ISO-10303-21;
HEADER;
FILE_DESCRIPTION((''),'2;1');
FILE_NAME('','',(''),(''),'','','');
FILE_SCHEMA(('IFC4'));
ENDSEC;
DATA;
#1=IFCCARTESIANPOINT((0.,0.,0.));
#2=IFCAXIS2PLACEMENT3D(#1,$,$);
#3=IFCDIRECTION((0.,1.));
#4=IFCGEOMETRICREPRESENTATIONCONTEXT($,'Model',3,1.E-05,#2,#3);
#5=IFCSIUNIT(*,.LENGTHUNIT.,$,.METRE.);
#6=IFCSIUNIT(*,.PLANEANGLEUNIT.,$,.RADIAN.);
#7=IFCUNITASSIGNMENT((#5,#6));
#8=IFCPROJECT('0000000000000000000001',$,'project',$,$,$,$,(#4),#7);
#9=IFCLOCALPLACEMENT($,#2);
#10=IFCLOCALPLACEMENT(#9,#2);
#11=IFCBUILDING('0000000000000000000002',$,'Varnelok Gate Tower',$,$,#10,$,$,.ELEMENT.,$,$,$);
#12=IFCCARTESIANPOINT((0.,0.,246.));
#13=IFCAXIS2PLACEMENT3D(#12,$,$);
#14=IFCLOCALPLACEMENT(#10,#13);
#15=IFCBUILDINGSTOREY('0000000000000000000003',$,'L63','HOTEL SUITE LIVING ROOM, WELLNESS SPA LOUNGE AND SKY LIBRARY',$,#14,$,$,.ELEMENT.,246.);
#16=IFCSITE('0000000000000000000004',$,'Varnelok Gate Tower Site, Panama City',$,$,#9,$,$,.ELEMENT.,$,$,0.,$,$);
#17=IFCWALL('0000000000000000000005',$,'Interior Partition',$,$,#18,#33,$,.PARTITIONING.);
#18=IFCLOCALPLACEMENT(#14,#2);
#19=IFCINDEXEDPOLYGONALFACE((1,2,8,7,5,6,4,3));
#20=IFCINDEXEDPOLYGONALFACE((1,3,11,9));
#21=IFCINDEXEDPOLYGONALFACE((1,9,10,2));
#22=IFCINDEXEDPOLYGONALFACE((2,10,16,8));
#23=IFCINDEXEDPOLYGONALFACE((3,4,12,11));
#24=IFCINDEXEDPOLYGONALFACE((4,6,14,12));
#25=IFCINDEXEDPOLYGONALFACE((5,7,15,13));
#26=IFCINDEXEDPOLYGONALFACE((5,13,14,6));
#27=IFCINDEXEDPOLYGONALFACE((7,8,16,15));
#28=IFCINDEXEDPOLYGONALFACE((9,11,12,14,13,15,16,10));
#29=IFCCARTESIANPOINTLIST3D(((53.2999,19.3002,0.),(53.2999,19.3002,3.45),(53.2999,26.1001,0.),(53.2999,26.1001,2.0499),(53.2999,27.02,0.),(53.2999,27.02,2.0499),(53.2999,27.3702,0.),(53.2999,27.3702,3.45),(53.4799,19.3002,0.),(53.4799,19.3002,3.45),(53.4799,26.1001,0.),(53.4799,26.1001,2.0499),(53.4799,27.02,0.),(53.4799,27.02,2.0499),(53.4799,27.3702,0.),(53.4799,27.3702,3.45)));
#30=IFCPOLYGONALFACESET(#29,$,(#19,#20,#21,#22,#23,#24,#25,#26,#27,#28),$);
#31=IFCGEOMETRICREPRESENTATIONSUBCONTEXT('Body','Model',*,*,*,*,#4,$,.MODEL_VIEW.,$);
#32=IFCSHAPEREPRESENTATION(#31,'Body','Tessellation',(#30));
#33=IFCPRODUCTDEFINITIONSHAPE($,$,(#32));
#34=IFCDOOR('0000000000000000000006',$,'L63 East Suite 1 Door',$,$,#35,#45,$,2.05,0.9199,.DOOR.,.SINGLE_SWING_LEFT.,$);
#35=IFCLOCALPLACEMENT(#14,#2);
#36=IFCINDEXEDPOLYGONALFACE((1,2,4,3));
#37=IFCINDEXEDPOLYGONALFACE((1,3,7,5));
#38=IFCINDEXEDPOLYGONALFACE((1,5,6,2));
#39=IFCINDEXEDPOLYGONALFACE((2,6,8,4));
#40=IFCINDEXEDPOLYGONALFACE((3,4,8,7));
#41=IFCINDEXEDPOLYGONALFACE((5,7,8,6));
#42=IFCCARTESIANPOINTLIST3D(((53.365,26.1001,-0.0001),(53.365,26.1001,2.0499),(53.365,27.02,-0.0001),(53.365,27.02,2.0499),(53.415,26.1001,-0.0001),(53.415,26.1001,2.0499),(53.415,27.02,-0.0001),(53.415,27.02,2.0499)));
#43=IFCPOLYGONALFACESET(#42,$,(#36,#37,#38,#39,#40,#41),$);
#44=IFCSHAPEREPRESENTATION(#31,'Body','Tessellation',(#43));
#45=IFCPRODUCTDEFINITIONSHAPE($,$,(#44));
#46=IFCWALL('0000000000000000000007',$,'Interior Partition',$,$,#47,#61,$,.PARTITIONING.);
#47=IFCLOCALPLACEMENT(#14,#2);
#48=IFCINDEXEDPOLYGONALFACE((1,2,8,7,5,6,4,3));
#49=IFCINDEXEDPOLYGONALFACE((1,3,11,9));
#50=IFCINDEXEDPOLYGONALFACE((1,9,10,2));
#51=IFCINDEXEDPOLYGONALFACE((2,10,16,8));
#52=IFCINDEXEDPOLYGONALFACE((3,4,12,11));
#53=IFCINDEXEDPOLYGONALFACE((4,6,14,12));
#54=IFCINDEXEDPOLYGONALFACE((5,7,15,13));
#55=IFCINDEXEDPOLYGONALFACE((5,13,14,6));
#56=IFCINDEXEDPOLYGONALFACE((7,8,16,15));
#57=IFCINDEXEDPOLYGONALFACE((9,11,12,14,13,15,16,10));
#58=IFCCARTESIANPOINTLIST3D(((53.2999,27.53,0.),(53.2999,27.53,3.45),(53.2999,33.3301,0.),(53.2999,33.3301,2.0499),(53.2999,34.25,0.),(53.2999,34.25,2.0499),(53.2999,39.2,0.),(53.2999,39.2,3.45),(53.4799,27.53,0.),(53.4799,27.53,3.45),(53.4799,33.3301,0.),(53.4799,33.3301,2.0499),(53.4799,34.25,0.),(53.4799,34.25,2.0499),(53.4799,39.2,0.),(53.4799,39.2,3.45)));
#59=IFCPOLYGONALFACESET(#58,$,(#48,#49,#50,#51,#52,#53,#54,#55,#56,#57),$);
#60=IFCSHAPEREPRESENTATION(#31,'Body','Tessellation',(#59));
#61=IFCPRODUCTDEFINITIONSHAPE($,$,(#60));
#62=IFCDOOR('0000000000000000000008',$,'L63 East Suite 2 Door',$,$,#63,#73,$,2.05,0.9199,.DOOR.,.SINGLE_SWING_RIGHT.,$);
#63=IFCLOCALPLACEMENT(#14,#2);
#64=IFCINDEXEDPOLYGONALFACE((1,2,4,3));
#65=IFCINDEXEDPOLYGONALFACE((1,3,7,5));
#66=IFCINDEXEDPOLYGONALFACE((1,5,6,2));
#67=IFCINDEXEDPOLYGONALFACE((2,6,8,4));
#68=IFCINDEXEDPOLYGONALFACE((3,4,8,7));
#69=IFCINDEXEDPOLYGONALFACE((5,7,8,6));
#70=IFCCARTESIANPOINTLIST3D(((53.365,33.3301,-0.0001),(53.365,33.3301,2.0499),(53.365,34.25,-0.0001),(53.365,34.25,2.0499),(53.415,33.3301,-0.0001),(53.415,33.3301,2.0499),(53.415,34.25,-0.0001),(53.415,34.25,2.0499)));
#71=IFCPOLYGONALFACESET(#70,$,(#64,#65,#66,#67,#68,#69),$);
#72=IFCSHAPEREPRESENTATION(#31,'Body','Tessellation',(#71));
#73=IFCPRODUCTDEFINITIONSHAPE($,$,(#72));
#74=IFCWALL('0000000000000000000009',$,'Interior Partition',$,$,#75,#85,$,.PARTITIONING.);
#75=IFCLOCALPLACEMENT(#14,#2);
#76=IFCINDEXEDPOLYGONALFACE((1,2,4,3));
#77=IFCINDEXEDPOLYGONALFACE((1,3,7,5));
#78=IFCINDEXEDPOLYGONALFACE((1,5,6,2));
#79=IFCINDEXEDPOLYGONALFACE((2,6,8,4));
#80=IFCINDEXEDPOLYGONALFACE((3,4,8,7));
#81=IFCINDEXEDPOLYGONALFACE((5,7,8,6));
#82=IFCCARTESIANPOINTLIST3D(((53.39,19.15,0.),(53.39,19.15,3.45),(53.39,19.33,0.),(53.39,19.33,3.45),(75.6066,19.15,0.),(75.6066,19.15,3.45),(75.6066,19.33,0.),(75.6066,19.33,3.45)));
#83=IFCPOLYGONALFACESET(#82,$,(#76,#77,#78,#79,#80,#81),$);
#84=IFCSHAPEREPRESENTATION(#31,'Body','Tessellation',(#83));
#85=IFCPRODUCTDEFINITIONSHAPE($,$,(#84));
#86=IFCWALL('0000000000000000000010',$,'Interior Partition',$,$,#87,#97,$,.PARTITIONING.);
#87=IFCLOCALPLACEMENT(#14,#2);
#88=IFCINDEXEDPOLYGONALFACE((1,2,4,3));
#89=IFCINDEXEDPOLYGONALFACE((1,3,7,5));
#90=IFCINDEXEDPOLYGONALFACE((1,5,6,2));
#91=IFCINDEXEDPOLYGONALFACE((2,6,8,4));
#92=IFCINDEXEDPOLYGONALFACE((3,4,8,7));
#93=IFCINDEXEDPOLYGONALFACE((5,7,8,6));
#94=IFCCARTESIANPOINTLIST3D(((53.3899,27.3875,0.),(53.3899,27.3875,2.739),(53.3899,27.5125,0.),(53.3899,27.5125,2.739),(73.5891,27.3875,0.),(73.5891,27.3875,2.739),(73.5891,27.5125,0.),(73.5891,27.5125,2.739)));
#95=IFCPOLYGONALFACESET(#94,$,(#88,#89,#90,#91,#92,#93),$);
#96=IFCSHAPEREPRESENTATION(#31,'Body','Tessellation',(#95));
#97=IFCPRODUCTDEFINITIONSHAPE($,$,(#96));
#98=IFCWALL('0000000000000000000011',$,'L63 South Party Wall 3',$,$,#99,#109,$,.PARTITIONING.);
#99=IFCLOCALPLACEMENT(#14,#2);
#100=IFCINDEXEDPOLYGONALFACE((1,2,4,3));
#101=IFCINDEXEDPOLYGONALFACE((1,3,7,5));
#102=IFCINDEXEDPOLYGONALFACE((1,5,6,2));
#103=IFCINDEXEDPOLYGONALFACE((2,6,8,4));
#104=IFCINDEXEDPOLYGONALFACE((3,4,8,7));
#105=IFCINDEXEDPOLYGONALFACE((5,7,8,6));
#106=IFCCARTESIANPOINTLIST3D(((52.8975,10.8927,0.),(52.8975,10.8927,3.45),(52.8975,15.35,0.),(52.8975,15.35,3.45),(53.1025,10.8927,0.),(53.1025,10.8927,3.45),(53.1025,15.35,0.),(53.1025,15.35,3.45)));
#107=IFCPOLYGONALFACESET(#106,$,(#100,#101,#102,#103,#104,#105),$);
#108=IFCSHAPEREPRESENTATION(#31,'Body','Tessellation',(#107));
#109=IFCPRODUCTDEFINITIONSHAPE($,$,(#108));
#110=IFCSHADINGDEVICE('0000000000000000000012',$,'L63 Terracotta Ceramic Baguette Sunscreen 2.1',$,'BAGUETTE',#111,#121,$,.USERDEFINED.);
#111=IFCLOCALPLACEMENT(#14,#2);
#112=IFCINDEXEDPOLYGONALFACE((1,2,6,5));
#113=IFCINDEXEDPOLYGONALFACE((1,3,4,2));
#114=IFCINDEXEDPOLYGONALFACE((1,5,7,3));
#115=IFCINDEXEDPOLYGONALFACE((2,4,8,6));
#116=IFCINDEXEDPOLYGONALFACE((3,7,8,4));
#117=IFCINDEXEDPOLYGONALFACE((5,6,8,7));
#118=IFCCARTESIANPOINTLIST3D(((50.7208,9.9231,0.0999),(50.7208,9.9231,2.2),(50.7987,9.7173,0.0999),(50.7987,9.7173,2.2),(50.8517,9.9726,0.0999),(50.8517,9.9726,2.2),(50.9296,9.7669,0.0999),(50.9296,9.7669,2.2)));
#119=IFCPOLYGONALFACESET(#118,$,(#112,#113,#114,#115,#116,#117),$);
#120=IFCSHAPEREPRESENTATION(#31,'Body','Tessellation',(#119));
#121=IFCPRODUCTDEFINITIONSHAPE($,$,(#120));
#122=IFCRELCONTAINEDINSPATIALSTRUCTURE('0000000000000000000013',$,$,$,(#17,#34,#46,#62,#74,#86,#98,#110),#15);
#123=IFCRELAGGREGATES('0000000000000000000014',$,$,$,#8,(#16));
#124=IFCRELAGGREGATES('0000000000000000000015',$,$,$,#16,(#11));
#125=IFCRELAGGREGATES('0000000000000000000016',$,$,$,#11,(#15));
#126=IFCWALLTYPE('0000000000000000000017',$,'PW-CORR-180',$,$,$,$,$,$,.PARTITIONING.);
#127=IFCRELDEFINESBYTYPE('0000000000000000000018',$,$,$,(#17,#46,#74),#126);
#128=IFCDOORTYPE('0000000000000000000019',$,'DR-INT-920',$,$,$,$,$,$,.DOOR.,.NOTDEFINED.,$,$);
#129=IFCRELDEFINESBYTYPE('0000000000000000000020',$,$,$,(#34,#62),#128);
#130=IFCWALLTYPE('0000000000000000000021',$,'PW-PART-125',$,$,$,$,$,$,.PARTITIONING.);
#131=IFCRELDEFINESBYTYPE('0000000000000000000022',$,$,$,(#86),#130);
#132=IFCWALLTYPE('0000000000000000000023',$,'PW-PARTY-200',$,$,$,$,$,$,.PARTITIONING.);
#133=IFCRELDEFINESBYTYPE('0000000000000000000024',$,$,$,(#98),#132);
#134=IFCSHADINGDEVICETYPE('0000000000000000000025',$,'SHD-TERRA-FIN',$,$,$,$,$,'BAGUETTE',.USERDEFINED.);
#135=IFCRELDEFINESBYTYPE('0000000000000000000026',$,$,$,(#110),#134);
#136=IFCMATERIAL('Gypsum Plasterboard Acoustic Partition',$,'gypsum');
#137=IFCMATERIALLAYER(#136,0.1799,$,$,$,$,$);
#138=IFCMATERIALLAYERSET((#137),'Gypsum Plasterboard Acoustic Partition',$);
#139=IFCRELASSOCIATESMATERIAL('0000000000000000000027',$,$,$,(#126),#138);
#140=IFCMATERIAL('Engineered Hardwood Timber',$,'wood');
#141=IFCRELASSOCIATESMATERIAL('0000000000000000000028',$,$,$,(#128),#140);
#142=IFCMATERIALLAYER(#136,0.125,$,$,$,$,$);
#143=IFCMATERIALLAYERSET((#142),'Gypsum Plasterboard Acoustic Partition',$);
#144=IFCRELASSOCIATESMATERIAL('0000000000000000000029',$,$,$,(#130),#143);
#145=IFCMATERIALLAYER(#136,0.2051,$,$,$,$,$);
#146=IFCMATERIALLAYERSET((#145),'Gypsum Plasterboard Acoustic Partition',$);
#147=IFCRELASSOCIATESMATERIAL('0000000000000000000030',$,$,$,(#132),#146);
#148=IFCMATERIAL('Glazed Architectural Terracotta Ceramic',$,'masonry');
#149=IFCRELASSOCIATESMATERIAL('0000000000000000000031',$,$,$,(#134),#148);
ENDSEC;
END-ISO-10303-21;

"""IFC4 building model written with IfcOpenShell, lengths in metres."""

from ifc_helpers import new_model, si_unit, direction, frame, frame_2d, origin, origin_2d, place, context, subcontext, project, spatial, rectangle, extrude, source, transform, mapped, material, layer, layer_set, type_object, element, fill, save


model = new_model("IFC4")

# Units and contexts
model_context = context("Model", 3, precision=1e-05, world=origin(), true_north=direction((0.0, 1.0)))
body_context = subcontext(model_context, "Body", "Model", "MODEL_VIEW")
ifc_project = project(units=[si_unit("LENGTHUNIT", "METRE"), si_unit("PLANEANGLEUNIT", "RADIAN")], contexts=[model_context])

# Site, building, storey
site_placement = place(None, origin())
site = spatial("IfcSite", under=ifc_project, at=site_placement, Name="Varnelok Gate Tower Site, Panama City", CompositionType="ELEMENT", RefElevation=0.0)
building_placement = place(site_placement, origin())
building = spatial("IfcBuilding", under=site, at=building_placement, Name="Varnelok Gate Tower", CompositionType="ELEMENT")
storey_placement = place(building_placement, frame((0.0, 0.0, 246.0)))
storey = spatial("IfcBuildingStorey", under=building, at=storey_placement, Name="L63", Description="HOTEL SUITE LIVING ROOM, WELLNESS SPA LOUNGE AND SKY LIBRARY", CompositionType="ELEMENT", Elevation=246.0)

# Walls, openings, doors
ifc_material_1 = material(Name="Gypsum Plasterboard Acoustic Partition", Category="gypsum")
ifc_layer_1 = layer(ifc_material_1, 0.1799)
ifc_layer_set_1 = layer_set([ifc_layer_1], Name="Gypsum Plasterboard Acoustic Partition")
wall_type_1 = type_object("IfcWallType", Name="PW-CORR-180", PredefinedType="PARTITIONING", material=ifc_layer_set_1)
ifc_material_2 = material(Name="Engineered Hardwood Timber", Category="wood")
wall_1_placement = place(storey_placement, frame((53.3899, 19.3, 0.0), z_axis=(0.0, 0.0, 1.0), x_axis=(0.0, 1.0, 0.0)))
wall_1 = element("IfcWall", 1, at=wall_1_placement, inside=storey, type_object=wall_type_1, Name="Interior Partition", PredefinedType="PARTITIONING", context=body_context, shape_type="SweptSolid", body=[
    extrude(rectangle(XDim=8.0701, YDim=0.1799, at=frame_2d((4.0352, 0.0))), origin(), (0.0, 0.0, 1.0), 3.45),
])
opening_1_placement = place(wall_1_placement, frame((6.8, 0.0, 0.0)))
opening_1 = element("IfcOpeningElement", 2, at=opening_1_placement, cuts=wall_1, PredefinedType="OPENING", context=body_context, shape_type="SweptSolid", body=[
    extrude(rectangle(XDim=0.9199, YDim=2.05, at=frame_2d((0.46, 1.0249))), frame((0.0, 0.0999, 0.0), z_axis=(0.0, -1.0, 0.0), x_axis=(1.0, 0.0, 0.0)), (0.0, 0.0, 1.0), 0.2),
])
door_type_1 = type_object("IfcDoorType", Name="DR-INT-920", OperationType="NOTDEFINED", PredefinedType="DOOR", material=ifc_material_2)
door_1_placement = place(opening_1_placement, origin())
door_1 = element("IfcDoor", 3, at=door_1_placement, inside=storey, type_object=door_type_1, Name="L63 East Suite 1 Door", OperationType="SINGLE_SWING_LEFT", OverallHeight=2.05, OverallWidth=0.9199, PredefinedType="DOOR", context=body_context, shape_type="SweptSolid", body=[
    extrude(rectangle(XDim=0.9199, YDim=2.05, at=frame_2d((0.46, 1.0249))), frame((0.0, 0.0249, 0.0), z_axis=(0.0, -1.0, 0.0), x_axis=(1.0, 0.0, 0.0)), (0.0, 0.0, 1.0), 0.05),
])
fill(opening_1, door_1)
wall_2_placement = place(storey_placement, frame((53.3899, 27.53, 0.0), z_axis=(0.0, 0.0, 1.0), x_axis=(0.0, 1.0, 0.0)))
wall_2 = element("IfcWall", 4, at=wall_2_placement, inside=storey, type_object=wall_type_1, Name="Interior Partition", PredefinedType="PARTITIONING", context=body_context, shape_type="SweptSolid", body=[
    extrude(rectangle(XDim=11.6699, YDim=0.1799, at=frame_2d((5.835, 0.0))), origin(), (0.0, 0.0, 1.0), 3.45),
])
opening_2_placement = place(wall_2_placement, frame((5.8, 0.0, 0.0)))
opening_2 = element("IfcOpeningElement", 5, at=opening_2_placement, cuts=wall_2, PredefinedType="OPENING", context=body_context, shape_type="SweptSolid", body=[
    extrude(rectangle(XDim=0.9199, YDim=2.05, at=frame_2d((0.46, 1.0249))), frame((0.0, 0.0999, 0.0), z_axis=(0.0, -1.0, 0.0), x_axis=(1.0, 0.0, 0.0)), (0.0, 0.0, 1.0), 0.2),
])
door_2_placement = place(opening_2_placement, origin())
door_2 = element("IfcDoor", 6, at=door_2_placement, inside=storey, type_object=door_type_1, Name="L63 East Suite 2 Door", OperationType="SINGLE_SWING_RIGHT", OverallHeight=2.05, OverallWidth=0.9199, PredefinedType="DOOR", context=body_context, shape_type="SweptSolid", body=[
    extrude(rectangle(XDim=0.9199, YDim=2.05, at=frame_2d((0.46, 1.0249))), frame((0.0, 0.0249, 0.0), z_axis=(0.0, -1.0, 0.0), x_axis=(1.0, 0.0, 0.0)), (0.0, 0.0, 1.0), 0.05),
])
fill(opening_2, door_2)

# Walls
wall_3_placement = place(storey_placement, frame((53.3899, 19.24, 0.0), z_axis=(0.0, 0.0, 1.0), x_axis=(1.0, 0.0, 0.0)))
element("IfcWall", 7, at=wall_3_placement, inside=storey, type_object=wall_type_1, Name="Interior Partition", PredefinedType="PARTITIONING", context=body_context, shape_type="SweptSolid", body=[
    extrude(rectangle(XDim=22.2166, YDim=0.1799, at=frame_2d((11.1084, 0.0))), origin(), (0.0, 0.0, 1.0), 3.45),
])
ifc_layer_2 = layer(ifc_material_1, 0.125)
ifc_layer_set_2 = layer_set([ifc_layer_2], Name="Gypsum Plasterboard Acoustic Partition")
wall_type_2 = type_object("IfcWallType", Name="PW-PART-125", PredefinedType="PARTITIONING", material=ifc_layer_set_2)
wall_4_placement = place(storey_placement, frame((53.3899, 27.45, 0.0), z_axis=(0.0, 0.0, 1.0), x_axis=(1.0, 0.0, 0.0)))
element("IfcWall", 8, at=wall_4_placement, inside=storey, type_object=wall_type_2, Name="Interior Partition", PredefinedType="PARTITIONING", context=body_context, shape_type="SweptSolid", body=[
    extrude(rectangle(XDim=20.1992, YDim=0.125, at=frame_2d((10.0996, 0.0))), origin(), (0.0, 0.0, 1.0), 2.739),
])
ifc_layer_3 = layer(ifc_material_1, 0.2051)
ifc_layer_set_3 = layer_set([ifc_layer_3], Name="Gypsum Plasterboard Acoustic Partition")
wall_type_3 = type_object("IfcWallType", Name="PW-PARTY-200", PredefinedType="PARTITIONING", material=ifc_layer_set_3)
wall_5_placement = place(storey_placement, frame((53.0, 10.8928, 0.0), z_axis=(0.0, 0.0, 1.0), x_axis=(0.0, 1.0, 0.0)))
element("IfcWall", 9, at=wall_5_placement, inside=storey, type_object=wall_type_3, Name="L63 South Party Wall 3", PredefinedType="PARTITIONING", context=body_context, shape_type="SweptSolid", body=[
    extrude(rectangle(XDim=4.4573, YDim=0.2051, at=frame_2d((2.2285, 0.0))), origin(), (0.0, 0.0, 1.0), 3.45),
])

# Shading device
ifc_material_3 = material(Name="Glazed Architectural Terracotta Ceramic", Category="masonry")
shading_device_type = type_object("IfcShadingDeviceType", Name="SHD-TERRA-FIN", ElementType="BAGUETTE", PredefinedType="USERDEFINED", material=ifc_material_3)
shared_shape = source(origin(), body_context, "Body", "SweptSolid", [
    extrude(rectangle(XDim=0.1399, YDim=0.22, at=origin_2d()), origin(), (0.0, 0.0, 1.0), 2.1001),
])
shading_device_placement = place(storey_placement, frame((50.8252, 9.845, 0.0999), z_axis=(0.0, 0.0, 1.0), x_axis=(0.935222, 0.354063, 0.0)))
element("IfcShadingDevice", 10, at=shading_device_placement, inside=storey, type_object=shading_device_type, Name="L63 Terracotta Ceramic Baguette Sunscreen 2.1", ObjectType="BAGUETTE", PredefinedType="USERDEFINED", context=body_context, shape_type="MappedRepresentation", body=[
    mapped(shared_shape, transform((0.0, 0.0, 0.0), scale=1.0)),
])

save(model, "model.ifc")
